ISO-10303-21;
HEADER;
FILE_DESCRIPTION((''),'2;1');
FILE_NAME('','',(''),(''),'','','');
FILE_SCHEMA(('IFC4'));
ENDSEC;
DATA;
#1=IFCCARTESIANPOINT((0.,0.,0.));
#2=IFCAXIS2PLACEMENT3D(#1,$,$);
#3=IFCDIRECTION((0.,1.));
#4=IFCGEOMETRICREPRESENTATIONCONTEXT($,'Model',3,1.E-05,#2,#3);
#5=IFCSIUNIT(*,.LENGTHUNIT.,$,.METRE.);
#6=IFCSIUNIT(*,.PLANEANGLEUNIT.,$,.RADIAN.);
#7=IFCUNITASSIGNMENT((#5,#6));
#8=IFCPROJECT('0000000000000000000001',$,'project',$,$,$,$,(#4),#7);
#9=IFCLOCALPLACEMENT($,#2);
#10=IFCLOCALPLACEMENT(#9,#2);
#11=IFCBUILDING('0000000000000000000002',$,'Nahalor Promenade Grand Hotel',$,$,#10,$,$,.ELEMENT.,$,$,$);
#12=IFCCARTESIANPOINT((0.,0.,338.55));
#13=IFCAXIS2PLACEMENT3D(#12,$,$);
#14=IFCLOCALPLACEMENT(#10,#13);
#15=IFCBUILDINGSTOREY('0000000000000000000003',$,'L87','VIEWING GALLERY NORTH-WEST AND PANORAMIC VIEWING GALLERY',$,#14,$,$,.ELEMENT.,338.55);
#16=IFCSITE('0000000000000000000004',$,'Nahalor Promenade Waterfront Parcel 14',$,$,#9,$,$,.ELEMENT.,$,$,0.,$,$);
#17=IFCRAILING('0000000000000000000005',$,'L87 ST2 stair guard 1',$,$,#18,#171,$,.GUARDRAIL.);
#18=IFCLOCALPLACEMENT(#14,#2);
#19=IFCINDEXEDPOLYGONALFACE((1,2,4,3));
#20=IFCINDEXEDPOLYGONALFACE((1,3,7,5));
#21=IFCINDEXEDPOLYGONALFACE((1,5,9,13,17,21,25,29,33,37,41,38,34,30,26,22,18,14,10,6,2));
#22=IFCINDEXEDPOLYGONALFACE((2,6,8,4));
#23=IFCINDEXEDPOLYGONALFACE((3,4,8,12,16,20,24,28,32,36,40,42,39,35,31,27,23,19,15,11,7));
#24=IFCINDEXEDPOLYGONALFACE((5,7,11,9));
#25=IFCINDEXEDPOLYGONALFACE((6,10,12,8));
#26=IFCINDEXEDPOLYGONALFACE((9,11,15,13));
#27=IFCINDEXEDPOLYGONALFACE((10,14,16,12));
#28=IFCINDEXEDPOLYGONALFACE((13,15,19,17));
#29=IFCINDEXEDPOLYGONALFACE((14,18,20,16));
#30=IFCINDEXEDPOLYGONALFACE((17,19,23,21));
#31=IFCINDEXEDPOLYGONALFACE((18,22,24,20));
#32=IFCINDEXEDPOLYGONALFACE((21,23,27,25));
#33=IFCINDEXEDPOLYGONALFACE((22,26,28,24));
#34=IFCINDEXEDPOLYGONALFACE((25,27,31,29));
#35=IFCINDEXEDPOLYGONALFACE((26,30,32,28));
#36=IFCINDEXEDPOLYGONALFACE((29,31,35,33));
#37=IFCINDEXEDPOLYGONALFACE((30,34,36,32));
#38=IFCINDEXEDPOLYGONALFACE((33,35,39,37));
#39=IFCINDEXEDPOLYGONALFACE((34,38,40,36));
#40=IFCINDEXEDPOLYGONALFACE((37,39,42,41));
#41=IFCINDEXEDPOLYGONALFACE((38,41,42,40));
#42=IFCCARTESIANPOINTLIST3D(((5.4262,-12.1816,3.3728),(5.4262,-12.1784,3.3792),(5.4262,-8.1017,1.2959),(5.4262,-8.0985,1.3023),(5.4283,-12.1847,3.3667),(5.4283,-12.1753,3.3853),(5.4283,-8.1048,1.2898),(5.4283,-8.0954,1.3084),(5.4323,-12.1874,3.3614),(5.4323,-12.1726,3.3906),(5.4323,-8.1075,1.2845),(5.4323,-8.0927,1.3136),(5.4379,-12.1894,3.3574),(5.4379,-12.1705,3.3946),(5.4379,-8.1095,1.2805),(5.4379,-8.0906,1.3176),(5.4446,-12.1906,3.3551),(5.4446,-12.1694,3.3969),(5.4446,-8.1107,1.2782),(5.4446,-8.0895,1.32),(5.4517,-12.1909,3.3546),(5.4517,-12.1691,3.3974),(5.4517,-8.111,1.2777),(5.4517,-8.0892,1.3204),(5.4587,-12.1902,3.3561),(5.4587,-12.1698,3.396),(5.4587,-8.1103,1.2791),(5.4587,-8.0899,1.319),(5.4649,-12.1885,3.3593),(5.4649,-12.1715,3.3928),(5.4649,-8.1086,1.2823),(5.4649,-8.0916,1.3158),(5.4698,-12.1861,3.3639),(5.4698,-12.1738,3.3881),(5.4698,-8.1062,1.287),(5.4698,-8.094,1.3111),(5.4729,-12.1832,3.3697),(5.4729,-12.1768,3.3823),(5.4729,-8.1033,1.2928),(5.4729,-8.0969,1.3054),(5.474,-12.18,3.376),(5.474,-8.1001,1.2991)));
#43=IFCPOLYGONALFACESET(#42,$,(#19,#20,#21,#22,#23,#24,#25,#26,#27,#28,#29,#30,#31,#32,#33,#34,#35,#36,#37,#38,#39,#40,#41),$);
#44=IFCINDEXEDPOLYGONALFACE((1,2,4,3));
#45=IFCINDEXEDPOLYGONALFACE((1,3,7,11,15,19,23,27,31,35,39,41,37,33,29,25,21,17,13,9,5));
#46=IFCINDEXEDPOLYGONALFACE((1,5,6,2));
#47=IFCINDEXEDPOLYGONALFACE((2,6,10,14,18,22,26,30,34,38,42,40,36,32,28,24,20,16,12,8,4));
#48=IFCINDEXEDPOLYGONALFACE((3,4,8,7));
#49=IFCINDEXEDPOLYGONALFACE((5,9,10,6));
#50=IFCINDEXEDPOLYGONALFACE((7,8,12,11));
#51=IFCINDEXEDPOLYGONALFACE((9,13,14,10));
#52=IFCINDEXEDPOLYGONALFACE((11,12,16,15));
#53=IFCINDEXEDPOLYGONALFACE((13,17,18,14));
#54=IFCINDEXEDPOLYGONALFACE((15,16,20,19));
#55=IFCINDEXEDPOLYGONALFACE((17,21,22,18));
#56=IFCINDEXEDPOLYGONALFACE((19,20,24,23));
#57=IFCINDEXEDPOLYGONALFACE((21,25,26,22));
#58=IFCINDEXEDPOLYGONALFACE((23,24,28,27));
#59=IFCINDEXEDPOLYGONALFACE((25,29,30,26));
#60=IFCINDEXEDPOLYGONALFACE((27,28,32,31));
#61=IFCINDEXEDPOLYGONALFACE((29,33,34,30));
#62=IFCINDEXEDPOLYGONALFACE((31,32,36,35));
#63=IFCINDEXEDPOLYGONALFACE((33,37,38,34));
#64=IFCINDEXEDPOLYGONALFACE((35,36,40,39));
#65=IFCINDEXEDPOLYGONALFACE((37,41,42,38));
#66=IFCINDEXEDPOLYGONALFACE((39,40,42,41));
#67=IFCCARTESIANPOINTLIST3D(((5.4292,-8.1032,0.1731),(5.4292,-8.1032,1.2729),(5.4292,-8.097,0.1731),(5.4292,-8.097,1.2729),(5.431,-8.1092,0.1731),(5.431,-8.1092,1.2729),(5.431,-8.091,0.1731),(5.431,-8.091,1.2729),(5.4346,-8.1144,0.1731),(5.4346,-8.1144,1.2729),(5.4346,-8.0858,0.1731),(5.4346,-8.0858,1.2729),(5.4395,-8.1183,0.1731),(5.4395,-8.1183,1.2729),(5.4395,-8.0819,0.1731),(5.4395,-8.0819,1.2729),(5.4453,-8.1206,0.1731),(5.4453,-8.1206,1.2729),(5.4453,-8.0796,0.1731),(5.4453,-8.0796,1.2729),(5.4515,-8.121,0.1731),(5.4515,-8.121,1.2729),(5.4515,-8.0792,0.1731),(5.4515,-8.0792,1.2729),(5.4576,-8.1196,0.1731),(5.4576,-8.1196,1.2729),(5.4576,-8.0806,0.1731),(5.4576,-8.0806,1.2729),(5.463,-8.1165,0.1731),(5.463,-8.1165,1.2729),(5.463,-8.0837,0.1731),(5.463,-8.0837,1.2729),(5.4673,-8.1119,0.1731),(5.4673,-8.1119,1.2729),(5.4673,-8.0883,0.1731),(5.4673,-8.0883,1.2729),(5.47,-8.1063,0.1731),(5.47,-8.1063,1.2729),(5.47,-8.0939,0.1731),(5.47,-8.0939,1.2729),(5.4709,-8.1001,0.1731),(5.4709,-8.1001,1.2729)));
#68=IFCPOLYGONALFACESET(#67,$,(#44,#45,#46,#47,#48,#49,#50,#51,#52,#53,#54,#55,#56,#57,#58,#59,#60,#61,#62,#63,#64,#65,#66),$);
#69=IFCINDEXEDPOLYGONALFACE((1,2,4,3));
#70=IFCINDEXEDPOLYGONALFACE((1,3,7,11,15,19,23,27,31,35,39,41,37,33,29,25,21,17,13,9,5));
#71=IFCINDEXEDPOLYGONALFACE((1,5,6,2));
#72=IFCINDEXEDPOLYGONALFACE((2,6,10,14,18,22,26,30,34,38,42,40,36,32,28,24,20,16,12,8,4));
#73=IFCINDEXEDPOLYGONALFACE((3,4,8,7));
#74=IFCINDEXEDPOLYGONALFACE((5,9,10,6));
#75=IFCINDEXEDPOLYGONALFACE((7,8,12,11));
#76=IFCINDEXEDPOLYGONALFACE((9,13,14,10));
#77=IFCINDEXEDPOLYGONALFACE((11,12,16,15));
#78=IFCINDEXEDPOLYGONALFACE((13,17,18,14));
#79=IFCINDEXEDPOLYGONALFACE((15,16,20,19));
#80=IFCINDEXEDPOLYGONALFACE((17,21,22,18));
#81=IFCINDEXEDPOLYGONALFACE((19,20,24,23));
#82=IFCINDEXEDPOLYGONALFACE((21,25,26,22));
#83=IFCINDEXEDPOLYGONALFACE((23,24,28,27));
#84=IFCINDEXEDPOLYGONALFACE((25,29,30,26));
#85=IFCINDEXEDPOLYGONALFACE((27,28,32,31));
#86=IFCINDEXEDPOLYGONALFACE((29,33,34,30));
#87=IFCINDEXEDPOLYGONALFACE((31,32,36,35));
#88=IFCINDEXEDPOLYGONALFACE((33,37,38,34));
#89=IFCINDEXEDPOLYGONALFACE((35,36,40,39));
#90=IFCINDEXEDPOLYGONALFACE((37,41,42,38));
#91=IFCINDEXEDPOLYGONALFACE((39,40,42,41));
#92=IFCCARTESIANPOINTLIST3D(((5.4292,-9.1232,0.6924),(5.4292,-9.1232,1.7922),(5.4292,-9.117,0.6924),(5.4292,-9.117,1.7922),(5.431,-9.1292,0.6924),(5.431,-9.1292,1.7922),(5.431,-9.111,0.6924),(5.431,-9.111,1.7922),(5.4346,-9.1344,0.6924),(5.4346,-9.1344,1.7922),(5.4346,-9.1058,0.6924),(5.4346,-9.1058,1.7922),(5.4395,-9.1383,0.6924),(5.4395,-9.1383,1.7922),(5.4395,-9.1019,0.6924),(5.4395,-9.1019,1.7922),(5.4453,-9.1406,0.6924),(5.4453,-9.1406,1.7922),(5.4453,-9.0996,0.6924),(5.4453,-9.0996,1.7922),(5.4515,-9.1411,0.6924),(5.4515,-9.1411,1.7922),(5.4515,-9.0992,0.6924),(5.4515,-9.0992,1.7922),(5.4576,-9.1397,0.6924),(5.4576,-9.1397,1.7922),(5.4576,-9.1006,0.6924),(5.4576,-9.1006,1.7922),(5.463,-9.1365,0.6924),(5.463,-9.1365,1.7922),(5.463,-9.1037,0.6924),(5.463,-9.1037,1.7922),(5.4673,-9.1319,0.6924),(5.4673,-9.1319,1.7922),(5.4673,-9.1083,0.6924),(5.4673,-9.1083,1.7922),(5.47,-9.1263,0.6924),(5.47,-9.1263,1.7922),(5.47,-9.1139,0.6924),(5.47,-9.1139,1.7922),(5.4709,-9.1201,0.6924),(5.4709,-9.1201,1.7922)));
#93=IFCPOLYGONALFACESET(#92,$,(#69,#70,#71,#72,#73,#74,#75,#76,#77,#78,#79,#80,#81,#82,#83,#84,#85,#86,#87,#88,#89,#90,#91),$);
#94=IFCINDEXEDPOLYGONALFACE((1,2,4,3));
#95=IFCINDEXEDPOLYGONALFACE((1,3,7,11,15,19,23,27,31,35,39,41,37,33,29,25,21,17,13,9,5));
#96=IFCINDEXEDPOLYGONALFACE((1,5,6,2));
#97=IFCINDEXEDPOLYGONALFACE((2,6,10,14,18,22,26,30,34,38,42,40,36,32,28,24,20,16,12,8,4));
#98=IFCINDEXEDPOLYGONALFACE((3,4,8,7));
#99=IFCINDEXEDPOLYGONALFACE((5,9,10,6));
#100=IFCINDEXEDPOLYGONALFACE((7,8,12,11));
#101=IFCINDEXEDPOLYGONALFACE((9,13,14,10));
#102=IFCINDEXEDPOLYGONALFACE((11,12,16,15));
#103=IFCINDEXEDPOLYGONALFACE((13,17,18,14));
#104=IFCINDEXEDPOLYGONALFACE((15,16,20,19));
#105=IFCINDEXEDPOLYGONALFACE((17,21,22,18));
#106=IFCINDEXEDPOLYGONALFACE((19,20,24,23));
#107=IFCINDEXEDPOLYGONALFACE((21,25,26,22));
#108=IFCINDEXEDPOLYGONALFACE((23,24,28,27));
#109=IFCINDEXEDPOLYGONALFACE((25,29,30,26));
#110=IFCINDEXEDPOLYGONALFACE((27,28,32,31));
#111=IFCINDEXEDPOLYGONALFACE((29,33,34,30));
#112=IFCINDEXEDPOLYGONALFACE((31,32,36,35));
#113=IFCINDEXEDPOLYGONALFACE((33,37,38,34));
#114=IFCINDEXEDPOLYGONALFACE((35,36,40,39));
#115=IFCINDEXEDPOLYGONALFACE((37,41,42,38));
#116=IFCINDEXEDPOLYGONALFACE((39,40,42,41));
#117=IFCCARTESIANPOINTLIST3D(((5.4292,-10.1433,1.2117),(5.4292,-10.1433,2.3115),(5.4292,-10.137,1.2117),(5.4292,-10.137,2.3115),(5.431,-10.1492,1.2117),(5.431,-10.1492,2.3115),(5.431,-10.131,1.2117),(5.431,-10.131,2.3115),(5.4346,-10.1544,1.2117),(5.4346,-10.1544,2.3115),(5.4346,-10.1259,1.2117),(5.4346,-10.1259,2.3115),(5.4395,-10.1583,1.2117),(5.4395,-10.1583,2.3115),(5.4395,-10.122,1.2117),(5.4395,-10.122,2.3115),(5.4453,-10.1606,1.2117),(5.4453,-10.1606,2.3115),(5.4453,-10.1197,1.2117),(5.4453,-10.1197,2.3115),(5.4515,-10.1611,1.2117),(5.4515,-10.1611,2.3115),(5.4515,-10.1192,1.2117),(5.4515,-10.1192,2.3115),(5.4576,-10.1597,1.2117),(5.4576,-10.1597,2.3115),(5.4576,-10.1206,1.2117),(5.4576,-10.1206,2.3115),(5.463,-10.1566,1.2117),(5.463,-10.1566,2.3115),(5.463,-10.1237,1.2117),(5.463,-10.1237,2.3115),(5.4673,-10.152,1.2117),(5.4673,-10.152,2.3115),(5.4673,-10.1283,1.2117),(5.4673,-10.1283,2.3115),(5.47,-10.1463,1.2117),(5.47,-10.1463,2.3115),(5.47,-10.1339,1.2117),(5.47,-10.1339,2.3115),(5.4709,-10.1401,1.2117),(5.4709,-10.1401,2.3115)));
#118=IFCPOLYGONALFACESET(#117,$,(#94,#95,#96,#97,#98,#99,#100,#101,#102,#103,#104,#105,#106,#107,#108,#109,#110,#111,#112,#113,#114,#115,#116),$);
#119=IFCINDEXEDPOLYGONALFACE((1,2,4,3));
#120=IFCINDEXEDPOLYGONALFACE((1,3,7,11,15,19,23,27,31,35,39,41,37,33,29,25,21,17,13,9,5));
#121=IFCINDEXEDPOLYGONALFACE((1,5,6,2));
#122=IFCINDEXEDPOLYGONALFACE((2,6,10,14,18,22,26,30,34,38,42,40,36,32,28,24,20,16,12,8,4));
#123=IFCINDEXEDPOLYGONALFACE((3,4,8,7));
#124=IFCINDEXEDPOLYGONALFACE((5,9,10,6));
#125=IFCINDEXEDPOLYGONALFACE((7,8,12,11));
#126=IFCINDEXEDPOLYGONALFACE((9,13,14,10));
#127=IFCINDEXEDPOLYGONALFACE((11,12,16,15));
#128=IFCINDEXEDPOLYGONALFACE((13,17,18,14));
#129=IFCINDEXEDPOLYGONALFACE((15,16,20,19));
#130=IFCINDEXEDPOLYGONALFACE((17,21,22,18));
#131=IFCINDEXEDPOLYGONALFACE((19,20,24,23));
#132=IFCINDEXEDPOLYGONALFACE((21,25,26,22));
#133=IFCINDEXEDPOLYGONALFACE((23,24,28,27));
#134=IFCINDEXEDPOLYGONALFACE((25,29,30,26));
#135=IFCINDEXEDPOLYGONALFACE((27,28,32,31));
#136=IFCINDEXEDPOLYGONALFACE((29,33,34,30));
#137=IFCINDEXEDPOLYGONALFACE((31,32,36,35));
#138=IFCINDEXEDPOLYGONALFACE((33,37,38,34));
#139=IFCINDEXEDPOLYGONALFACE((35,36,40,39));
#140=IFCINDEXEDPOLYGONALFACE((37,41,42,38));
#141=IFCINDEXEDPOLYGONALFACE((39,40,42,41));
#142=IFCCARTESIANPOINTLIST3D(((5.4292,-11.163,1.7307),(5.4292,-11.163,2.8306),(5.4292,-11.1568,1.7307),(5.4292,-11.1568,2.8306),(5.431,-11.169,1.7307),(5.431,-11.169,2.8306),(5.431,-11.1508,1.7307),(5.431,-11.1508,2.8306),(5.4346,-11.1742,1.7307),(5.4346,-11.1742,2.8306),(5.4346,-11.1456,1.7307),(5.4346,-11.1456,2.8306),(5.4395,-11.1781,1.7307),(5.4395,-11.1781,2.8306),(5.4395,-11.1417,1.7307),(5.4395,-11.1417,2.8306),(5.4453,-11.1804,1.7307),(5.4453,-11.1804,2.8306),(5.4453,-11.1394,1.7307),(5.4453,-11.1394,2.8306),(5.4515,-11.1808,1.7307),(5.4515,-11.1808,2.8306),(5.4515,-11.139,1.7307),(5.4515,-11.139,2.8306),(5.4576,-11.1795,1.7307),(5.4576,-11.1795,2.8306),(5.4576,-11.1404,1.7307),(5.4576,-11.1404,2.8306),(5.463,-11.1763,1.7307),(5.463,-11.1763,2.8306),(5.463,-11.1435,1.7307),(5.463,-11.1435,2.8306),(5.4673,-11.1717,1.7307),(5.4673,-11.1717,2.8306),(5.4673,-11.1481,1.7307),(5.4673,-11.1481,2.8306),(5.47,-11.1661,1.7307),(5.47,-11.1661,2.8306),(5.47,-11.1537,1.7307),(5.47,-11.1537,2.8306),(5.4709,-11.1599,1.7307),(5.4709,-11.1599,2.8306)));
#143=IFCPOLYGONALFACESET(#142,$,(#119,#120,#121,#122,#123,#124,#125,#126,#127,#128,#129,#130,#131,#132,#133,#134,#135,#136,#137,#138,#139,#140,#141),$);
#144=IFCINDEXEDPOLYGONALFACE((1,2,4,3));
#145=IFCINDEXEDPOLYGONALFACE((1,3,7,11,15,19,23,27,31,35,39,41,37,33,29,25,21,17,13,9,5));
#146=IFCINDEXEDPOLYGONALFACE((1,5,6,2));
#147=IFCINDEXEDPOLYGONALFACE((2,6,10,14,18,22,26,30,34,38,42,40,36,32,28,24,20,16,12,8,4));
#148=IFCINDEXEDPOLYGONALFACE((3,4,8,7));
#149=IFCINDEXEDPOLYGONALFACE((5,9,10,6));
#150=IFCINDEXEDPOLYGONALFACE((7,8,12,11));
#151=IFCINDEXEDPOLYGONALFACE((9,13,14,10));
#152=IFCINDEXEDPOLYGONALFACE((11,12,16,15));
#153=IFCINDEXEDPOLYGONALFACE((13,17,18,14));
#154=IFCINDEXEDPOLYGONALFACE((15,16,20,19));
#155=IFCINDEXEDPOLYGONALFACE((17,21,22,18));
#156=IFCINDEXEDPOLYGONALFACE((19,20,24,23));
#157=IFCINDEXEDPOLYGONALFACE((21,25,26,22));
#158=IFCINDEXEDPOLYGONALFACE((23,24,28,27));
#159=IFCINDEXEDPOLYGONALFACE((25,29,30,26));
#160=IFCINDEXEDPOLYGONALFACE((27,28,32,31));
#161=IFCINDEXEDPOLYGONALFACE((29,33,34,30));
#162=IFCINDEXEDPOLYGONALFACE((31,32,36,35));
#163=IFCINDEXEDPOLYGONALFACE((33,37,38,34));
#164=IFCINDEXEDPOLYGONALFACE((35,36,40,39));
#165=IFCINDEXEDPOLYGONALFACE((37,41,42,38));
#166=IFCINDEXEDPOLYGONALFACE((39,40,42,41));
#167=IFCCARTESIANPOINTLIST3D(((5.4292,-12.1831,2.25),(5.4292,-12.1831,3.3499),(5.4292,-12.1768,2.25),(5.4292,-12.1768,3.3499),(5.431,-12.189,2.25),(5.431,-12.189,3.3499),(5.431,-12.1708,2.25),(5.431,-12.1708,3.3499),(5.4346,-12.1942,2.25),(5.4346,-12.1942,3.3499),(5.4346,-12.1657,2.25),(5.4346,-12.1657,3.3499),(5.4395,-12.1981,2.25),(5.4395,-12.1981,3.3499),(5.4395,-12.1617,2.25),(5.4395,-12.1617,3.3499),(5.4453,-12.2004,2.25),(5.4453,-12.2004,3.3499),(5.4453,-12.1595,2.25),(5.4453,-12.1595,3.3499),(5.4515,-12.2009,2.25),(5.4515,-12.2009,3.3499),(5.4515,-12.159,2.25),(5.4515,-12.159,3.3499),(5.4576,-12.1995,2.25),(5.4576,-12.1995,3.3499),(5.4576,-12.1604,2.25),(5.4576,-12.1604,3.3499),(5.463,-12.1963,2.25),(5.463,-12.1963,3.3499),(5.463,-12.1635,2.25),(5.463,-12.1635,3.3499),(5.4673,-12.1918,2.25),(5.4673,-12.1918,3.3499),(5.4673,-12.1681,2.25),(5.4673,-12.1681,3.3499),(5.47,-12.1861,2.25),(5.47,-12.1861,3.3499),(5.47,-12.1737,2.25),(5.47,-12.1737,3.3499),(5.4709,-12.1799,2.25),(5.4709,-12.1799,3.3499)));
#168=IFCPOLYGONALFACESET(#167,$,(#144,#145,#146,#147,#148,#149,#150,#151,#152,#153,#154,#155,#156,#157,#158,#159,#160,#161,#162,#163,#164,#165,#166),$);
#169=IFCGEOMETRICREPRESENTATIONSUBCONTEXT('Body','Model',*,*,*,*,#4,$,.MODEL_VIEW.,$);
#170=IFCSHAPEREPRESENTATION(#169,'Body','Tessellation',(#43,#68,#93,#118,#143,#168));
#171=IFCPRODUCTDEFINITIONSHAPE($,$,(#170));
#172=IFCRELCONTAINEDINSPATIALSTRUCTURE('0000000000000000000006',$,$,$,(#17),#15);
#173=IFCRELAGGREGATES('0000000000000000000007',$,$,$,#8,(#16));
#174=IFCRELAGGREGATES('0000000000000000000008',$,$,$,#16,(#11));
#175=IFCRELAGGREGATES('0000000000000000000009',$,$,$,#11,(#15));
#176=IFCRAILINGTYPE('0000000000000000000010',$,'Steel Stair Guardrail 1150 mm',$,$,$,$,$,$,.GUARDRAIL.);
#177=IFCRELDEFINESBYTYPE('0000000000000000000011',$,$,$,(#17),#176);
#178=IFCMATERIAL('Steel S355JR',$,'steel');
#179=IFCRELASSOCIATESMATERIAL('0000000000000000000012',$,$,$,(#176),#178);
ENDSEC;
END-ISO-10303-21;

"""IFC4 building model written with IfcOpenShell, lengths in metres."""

from ifc_helpers import new_model, si_unit, direction, frame, origin, origin_2d, place, context, subcontext, project, spatial, circle, extrude, material, type_object, element, save


model = new_model("IFC4")

# Units and contexts
model_context = context("Model", 3, precision=1e-05, world=origin(), true_north=direction((0.0, 1.0)))
body_context = subcontext(model_context, "Body", "Model", "MODEL_VIEW")
ifc_project = project(units=[si_unit("LENGTHUNIT", "METRE"), si_unit("PLANEANGLEUNIT", "RADIAN")], contexts=[model_context])

# Site, building, storey
site_placement = place(None, origin())
site = spatial("IfcSite", under=ifc_project, at=site_placement, Name="Nahalor Promenade Waterfront Parcel 14", CompositionType="ELEMENT", RefElevation=0.0)
building_placement = place(site_placement, origin())
building = spatial("IfcBuilding", under=site, at=building_placement, Name="Nahalor Promenade Grand Hotel", CompositionType="ELEMENT")
storey_placement = place(building_placement, frame((0.0, 0.0, 338.55)))
storey = spatial("IfcBuildingStorey", under=building, at=storey_placement, Name="L87", Description="VIEWING GALLERY NORTH-WEST AND PANORAMIC VIEWING GALLERY", CompositionType="ELEMENT", Elevation=338.55)

# Shared definitions
ifc_material_1 = material(Name="Steel S355JR", Category="steel")

# Railing
railing_type_1 = type_object("IfcRailingType", Name="Steel Stair Guardrail 1150 mm", PredefinedType="GUARDRAIL", material=ifc_material_1)
railing_1_placement = place(storey_placement, frame((5.45, -8.1001, 0.1731)))
element("IfcRailing", 1, at=railing_1_placement, inside=storey, type_object=railing_type_1, Name="L87 ST2 stair guard 1", PredefinedType="GUARDRAIL", context=body_context, shape_type="SweptSolid", body=[
    extrude(circle(Radius=0.024, at=origin_2d()), frame((0.0, 0.0, 1.126), z_axis=(0.0, -0.891172, 0.453665), x_axis=(1.0, 0.0, 0.0)), (0.0, 0.0, 1.0), 4.5781),
    extrude(circle(Radius=0.021, at=origin_2d()), origin(), (0.0, 0.0, 1.0), 1.0999),
    extrude(circle(Radius=0.021, at=origin_2d()), frame((0.0, -1.02, 0.5193)), (0.0, 0.0, 1.0), 1.0999),
    extrude(circle(Radius=0.021, at=origin_2d()), frame((0.0, -2.04, 1.0386)), (0.0, 0.0, 1.0), 1.0999),
    extrude(circle(Radius=0.021, at=origin_2d()), frame((0.0, -3.0598, 1.5576)), (0.0, 0.0, 1.0), 1.0999),
    extrude(circle(Radius=0.021, at=origin_2d()), frame((0.0, -4.0798, 2.0769)), (0.0, 0.0, 1.0), 1.0999),
])

save(model, "model.ifc")
